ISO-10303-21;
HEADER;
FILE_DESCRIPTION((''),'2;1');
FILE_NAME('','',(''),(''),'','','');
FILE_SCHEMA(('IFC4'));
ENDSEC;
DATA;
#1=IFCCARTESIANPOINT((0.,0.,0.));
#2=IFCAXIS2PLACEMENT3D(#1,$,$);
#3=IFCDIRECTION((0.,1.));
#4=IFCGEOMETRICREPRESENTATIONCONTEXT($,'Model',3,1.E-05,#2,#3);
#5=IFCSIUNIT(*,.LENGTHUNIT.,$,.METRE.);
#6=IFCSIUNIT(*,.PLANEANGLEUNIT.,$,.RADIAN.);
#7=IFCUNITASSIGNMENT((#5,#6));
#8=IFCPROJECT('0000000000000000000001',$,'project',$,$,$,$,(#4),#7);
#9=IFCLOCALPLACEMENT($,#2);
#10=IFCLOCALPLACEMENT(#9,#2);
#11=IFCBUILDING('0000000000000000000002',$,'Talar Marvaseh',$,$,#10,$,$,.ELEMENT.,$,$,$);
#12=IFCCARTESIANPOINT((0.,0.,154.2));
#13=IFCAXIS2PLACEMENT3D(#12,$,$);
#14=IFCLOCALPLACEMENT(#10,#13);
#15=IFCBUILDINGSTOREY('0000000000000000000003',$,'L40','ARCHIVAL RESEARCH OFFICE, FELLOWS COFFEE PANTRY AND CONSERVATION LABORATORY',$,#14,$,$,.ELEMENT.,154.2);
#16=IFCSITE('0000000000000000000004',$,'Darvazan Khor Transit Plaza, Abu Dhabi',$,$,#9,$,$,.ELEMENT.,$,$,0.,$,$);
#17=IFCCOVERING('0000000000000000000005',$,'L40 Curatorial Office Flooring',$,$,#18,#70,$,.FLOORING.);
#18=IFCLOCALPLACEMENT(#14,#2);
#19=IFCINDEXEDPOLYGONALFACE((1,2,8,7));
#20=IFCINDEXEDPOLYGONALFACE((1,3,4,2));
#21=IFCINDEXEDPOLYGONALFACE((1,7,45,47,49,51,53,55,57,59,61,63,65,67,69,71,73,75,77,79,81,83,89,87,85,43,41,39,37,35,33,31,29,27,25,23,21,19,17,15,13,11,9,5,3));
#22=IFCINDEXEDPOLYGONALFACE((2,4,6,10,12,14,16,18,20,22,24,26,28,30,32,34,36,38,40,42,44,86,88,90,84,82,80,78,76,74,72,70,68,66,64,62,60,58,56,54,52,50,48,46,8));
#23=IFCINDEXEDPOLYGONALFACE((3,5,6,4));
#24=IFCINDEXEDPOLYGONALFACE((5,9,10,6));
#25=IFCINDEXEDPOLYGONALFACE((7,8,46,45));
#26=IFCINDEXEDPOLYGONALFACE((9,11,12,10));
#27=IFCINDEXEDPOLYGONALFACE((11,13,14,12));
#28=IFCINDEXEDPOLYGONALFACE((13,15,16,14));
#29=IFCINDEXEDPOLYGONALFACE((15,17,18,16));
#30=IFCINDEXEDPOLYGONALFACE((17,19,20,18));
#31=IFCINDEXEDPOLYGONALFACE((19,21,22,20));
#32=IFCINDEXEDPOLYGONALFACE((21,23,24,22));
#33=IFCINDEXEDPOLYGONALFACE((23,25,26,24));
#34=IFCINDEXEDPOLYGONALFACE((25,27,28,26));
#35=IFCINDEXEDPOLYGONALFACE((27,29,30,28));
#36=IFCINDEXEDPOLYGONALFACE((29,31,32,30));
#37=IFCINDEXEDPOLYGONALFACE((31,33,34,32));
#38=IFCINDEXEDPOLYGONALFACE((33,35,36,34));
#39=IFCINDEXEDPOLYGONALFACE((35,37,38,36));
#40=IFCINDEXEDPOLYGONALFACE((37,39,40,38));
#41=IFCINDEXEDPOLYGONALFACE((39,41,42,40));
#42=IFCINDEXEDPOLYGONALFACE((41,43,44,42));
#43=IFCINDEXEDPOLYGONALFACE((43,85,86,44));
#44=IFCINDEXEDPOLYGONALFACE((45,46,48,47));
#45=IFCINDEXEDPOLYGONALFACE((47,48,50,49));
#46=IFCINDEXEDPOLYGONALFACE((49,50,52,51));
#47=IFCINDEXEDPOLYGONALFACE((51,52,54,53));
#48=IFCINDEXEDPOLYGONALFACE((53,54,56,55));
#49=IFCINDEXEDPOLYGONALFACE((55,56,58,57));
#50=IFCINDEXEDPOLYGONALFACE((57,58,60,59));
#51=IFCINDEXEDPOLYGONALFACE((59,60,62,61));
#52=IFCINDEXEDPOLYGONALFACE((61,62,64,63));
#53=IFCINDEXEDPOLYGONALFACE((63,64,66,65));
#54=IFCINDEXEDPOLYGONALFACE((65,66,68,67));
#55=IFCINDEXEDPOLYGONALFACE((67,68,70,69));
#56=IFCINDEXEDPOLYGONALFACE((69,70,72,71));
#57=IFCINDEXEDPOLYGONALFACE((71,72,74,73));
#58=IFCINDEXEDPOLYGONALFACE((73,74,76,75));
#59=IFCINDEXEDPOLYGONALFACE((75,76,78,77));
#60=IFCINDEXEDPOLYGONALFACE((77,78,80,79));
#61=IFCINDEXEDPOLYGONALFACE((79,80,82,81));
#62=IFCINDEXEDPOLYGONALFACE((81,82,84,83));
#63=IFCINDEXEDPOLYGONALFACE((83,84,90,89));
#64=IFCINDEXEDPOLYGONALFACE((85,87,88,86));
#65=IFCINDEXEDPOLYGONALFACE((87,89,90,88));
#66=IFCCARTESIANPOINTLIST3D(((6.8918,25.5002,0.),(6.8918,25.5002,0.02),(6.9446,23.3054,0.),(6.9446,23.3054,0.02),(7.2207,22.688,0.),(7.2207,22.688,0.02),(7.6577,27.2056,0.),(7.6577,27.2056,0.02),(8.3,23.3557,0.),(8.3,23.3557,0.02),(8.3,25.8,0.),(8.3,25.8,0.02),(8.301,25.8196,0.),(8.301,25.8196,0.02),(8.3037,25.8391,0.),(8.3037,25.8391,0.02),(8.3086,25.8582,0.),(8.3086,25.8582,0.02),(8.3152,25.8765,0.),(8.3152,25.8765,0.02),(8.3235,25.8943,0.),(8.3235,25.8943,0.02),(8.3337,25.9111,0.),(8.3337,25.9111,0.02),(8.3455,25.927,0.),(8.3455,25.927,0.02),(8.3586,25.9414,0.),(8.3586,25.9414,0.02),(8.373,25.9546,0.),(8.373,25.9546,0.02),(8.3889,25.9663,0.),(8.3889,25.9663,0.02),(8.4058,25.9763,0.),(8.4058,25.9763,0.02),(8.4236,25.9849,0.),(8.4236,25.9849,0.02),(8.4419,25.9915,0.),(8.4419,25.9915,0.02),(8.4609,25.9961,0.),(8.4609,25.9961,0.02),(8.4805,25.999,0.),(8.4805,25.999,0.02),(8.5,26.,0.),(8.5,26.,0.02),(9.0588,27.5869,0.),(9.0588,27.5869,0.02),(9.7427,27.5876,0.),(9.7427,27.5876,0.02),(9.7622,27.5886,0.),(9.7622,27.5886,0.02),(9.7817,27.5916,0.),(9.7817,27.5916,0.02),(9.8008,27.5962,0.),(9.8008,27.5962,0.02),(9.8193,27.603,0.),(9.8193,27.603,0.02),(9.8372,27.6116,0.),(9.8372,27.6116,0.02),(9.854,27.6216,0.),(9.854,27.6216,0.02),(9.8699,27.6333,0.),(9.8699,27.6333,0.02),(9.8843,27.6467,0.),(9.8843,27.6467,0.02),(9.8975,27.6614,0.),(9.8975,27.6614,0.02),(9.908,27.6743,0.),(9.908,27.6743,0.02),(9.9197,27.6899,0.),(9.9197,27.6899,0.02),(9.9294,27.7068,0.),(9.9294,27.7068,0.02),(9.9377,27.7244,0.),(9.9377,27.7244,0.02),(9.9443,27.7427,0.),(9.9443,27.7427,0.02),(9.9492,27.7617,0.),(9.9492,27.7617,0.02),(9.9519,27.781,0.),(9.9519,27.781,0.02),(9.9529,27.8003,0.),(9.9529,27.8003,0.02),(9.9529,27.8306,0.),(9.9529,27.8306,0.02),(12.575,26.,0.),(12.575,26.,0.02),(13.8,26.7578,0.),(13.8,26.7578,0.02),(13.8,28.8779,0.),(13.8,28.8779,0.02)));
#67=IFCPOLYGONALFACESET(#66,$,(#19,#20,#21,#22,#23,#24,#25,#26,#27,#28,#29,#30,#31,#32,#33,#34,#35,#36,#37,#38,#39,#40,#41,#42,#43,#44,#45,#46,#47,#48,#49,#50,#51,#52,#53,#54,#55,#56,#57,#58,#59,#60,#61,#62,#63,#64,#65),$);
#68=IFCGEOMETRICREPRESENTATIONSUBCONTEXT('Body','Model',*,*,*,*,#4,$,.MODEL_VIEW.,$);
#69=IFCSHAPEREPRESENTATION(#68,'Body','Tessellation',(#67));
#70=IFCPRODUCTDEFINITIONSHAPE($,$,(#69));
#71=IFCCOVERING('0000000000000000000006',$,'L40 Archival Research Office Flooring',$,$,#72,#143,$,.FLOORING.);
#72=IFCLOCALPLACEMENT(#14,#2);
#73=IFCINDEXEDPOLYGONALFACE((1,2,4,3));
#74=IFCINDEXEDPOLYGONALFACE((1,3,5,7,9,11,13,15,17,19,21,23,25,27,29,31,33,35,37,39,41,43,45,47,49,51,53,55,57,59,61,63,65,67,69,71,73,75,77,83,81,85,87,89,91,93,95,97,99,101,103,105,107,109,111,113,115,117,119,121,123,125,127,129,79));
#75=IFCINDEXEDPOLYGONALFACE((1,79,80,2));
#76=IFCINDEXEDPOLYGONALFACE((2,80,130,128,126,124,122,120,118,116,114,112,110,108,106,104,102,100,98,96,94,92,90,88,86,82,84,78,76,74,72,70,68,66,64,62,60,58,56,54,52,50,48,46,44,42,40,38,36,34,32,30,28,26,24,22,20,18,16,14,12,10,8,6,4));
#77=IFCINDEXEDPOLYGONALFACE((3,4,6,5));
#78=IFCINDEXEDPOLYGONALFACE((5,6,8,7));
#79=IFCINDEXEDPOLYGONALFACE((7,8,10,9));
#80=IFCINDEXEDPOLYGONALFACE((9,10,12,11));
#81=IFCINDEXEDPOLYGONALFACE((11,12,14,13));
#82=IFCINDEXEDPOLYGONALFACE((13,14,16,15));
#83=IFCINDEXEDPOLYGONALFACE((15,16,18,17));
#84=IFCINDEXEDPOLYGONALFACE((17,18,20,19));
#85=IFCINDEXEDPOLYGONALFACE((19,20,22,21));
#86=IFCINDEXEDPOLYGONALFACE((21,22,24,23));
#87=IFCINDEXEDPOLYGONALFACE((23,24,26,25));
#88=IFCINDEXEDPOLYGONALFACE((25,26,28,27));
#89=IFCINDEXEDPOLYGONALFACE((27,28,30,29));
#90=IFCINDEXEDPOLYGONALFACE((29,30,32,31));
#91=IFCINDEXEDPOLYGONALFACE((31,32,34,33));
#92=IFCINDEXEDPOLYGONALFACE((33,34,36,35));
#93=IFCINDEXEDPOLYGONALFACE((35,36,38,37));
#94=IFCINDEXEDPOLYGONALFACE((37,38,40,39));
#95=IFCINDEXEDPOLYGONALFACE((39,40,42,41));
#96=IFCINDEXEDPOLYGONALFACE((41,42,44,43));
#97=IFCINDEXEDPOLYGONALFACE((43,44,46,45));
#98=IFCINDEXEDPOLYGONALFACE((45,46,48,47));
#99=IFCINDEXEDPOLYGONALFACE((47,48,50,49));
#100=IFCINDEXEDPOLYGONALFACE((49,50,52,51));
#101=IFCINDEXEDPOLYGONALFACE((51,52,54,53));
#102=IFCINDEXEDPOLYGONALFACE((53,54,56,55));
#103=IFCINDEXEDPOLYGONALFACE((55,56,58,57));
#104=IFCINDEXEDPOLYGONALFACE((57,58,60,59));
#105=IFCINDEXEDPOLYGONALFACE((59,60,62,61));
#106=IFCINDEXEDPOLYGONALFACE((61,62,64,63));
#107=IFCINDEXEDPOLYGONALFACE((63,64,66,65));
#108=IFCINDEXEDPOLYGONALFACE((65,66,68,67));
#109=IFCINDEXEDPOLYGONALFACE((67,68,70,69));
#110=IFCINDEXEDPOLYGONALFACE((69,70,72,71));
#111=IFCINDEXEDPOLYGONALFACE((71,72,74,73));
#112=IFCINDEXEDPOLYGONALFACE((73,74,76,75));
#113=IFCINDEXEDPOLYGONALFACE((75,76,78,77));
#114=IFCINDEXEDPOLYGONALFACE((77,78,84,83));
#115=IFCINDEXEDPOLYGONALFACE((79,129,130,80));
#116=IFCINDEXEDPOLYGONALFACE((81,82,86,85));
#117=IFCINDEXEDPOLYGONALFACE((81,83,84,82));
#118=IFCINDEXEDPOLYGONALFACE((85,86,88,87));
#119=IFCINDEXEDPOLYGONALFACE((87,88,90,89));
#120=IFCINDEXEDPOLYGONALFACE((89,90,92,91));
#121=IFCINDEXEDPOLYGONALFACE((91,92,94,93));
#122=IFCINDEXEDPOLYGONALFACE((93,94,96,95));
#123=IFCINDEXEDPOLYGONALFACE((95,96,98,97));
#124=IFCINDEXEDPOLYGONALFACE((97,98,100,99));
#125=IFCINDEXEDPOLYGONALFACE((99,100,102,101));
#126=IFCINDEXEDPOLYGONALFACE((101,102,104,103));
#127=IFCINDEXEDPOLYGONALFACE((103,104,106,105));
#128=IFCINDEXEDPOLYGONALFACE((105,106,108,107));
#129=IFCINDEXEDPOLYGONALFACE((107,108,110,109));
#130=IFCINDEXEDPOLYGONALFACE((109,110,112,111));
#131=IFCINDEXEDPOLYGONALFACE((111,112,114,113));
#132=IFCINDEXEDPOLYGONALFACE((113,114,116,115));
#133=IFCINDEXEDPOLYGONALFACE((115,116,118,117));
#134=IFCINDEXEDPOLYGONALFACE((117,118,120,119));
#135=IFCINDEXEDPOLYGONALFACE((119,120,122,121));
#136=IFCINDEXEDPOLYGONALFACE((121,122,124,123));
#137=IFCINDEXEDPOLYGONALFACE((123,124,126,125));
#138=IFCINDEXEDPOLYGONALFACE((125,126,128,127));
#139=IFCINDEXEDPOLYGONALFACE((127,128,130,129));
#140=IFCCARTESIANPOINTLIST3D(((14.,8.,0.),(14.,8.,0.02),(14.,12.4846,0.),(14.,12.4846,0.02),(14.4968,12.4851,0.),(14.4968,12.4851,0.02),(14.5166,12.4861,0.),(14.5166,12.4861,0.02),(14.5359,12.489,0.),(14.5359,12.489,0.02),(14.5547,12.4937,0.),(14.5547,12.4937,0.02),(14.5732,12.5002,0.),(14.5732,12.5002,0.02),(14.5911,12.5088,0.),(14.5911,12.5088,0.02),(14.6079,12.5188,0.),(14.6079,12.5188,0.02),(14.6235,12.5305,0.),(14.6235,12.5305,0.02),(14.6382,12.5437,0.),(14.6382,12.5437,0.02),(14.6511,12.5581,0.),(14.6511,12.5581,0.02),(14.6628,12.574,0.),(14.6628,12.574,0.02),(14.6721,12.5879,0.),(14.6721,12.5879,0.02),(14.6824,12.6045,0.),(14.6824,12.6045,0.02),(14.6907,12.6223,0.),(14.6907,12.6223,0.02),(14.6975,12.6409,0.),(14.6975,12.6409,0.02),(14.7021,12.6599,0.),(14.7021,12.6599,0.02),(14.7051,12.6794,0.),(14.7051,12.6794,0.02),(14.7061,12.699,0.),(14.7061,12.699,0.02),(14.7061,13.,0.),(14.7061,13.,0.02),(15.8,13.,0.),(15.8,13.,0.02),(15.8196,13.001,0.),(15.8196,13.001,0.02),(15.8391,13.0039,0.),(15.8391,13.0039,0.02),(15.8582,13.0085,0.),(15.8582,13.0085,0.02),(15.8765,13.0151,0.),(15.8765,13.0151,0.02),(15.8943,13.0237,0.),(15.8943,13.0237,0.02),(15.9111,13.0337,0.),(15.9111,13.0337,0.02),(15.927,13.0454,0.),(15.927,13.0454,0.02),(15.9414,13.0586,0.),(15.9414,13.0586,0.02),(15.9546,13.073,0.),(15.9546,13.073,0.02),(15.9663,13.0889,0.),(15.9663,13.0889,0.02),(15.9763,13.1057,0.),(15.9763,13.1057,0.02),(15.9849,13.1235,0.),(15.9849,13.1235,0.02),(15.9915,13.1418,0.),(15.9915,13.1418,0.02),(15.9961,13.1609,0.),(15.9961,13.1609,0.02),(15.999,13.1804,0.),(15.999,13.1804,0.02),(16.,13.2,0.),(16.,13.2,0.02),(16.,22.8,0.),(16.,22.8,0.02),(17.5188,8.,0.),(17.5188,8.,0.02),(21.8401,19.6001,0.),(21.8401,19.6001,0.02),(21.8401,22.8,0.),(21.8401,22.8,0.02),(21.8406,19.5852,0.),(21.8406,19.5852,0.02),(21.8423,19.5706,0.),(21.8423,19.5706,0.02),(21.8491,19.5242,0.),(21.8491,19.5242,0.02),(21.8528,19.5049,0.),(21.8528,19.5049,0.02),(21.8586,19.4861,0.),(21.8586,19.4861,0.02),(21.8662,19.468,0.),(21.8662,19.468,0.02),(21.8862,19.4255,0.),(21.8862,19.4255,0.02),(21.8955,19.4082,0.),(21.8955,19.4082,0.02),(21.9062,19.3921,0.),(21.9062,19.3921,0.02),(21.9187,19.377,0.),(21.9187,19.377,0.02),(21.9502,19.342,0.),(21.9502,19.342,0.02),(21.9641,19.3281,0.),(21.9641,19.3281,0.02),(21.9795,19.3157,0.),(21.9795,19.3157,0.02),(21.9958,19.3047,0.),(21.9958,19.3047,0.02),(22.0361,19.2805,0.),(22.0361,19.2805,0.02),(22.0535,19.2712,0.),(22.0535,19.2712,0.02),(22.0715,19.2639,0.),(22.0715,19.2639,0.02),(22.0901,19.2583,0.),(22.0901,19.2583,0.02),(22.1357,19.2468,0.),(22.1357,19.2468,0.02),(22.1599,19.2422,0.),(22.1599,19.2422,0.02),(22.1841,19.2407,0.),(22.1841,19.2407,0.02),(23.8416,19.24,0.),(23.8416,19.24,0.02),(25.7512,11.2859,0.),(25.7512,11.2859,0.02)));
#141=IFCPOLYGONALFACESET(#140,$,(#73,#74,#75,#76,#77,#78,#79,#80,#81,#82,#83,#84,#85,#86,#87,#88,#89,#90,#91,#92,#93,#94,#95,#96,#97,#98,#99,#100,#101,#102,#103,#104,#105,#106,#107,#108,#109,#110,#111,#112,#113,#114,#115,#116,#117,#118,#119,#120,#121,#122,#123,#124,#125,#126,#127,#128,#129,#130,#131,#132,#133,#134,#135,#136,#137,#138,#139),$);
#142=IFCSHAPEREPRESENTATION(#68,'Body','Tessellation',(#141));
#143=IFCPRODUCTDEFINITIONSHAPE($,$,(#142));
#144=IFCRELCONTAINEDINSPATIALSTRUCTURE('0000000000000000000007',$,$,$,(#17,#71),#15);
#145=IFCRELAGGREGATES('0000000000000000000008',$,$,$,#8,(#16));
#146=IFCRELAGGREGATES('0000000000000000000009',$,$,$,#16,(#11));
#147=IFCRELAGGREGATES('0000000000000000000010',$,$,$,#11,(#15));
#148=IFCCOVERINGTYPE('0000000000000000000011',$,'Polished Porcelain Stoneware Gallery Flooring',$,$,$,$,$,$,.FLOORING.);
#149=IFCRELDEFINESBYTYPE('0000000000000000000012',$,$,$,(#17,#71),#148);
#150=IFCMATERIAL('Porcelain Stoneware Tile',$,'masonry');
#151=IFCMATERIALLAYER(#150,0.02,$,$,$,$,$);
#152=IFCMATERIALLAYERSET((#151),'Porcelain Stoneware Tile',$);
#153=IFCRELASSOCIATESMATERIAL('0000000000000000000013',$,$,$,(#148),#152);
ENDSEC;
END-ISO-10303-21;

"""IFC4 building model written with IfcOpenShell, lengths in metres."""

from ifc_helpers import new_model, si_unit, direction, frame, origin, place, context, subcontext, project, spatial, polyline, outline, extrude, material, layer, layer_set, type_object, element, save


model = new_model("IFC4")

# Units and contexts
model_context = context("Model", 3, precision=1e-05, world=origin(), true_north=direction((0.0, 1.0)))
body_context = subcontext(model_context, "Body", "Model", "MODEL_VIEW")
ifc_project = project(units=[si_unit("LENGTHUNIT", "METRE"), si_unit("PLANEANGLEUNIT", "RADIAN")], contexts=[model_context])

# Site, building, storey
site_placement = place(None, origin())
site = spatial("IfcSite", under=ifc_project, at=site_placement, Name="Darvazan Khor Transit Plaza, Abu Dhabi", CompositionType="ELEMENT", RefElevation=0.0)
building_placement = place(site_placement, origin())
building = spatial("IfcBuilding", under=site, at=building_placement, Name="Talar Marvaseh", CompositionType="ELEMENT")
storey_placement = place(building_placement, frame((0.0, 0.0, 154.2)))
storey = spatial("IfcBuildingStorey", under=building, at=storey_placement, Name="L40", Description="ARCHIVAL RESEARCH OFFICE, FELLOWS COFFEE PANTRY AND CONSERVATION LABORATORY", CompositionType="ELEMENT", Elevation=154.2)

# Coverings
ifc_material_1 = material(Name="Porcelain Stoneware Tile", Category="masonry")
ifc_layer_1 = layer(ifc_material_1, 0.02)
ifc_layer_set_1 = layer_set([ifc_layer_1], Name="Porcelain Stoneware Tile")
covering_type_1 = type_object("IfcCoveringType", Name="Polished Porcelain Stoneware Gallery Flooring", PredefinedType="FLOORING", material=ifc_layer_set_1)
covering_1_placement = place(storey_placement, origin())
element("IfcCovering", 1, at=covering_1_placement, inside=storey, type_object=covering_type_1, Name="L40 Curatorial Office Flooring", PredefinedType="FLOORING", context=body_context, shape_type="SweptSolid", body=[
    extrude(outline(polyline([(9.0588, 27.5869), (9.7427, 27.5876), (9.7622, 27.5886), (9.7817, 27.5916), (9.8008, 27.5962), (9.8193, 27.603), (9.8372, 27.6116), (9.854, 27.6216), (9.8699, 27.6333), (9.8843, 27.6467), (9.8975, 27.6614), (9.908, 27.6743), (9.9197, 27.6899), (9.9294, 27.7068), (9.9377, 27.7244), (9.9443, 27.7427), (9.9492, 27.7617), (9.9519, 27.781), (9.9529, 27.8003), (9.9529, 27.8306), (13.8, 28.8779), (13.8, 26.7578), (12.575, 26.0), (8.5, 26.0), (8.4805, 25.999), (8.4609, 25.9961), (8.4419, 25.9915), (8.4236, 25.9849), (8.4058, 25.9763), (8.3889, 25.9663), (8.373, 25.9546), (8.3586, 25.9414), (8.3455, 25.927), (8.3337, 25.9111), (8.3235, 25.8943), (8.3152, 25.8765), (8.3086, 25.8582), (8.3037, 25.8391), (8.301, 25.8196), (8.3, 25.8), (8.3, 23.3557), (7.2207, 22.688), (6.9446, 23.3054), (6.8918, 25.5002), (7.6577, 27.2056), (9.0588, 27.5869)])), origin(), (0.0, 0.0, 1.0), 0.02),
])
covering_2_placement = place(storey_placement, origin())
element("IfcCovering", 2, at=covering_2_placement, inside=storey, type_object=covering_type_1, Name="L40 Archival Research Office Flooring", PredefinedType="FLOORING", context=body_context, shape_type="SweptSolid", body=[
    extrude(outline(polyline([(14.5166, 12.4861), (14.5359, 12.489), (14.5547, 12.4937), (14.5732, 12.5002), (14.5911, 12.5088), (14.6079, 12.5188), (14.6235, 12.5305), (14.6382, 12.5437), (14.6511, 12.5581), (14.6628, 12.574), (14.6721, 12.5879), (14.6824, 12.6045), (14.6907, 12.6223), (14.6975, 12.6409), (14.7021, 12.6599), (14.7051, 12.6794), (14.7061, 12.699), (14.7061, 13.0), (15.8, 13.0), (15.8196, 13.001), (15.8391, 13.0039), (15.8582, 13.0085), (15.8765, 13.0151), (15.8943, 13.0237), (15.9111, 13.0337), (15.927, 13.0454), (15.9414, 13.0586), (15.9546, 13.073), (15.9663, 13.0889), (15.9763, 13.1057), (15.9849, 13.1235), (15.9915, 13.1418), (15.9961, 13.1609), (15.999, 13.1804), (16.0, 13.2), (16.0, 22.8), (21.8401, 22.8), (21.8401, 19.6001), (21.8406, 19.5852), (21.8423, 19.5706), (21.8491, 19.5242), (21.8528, 19.5049), (21.8586, 19.4861), (21.8662, 19.468), (21.8862, 19.4255), (21.8955, 19.4082), (21.9062, 19.3921), (21.9187, 19.377), (21.9502, 19.342), (21.9641, 19.3281), (21.9795, 19.3157), (21.9958, 19.3047), (22.0361, 19.2805), (22.0535, 19.2712), (22.0715, 19.2639), (22.0901, 19.2583), (22.1357, 19.2468), (22.1599, 19.2422), (22.1841, 19.2407), (23.8416, 19.24), (25.7512, 11.2859), (17.5188, 8.0), (14.0, 8.0), (14.0, 12.4846), (14.4968, 12.4851), (14.5166, 12.4861)])), origin(), (0.0, 0.0, 1.0), 0.02),
])

save(model, "model.ifc")
